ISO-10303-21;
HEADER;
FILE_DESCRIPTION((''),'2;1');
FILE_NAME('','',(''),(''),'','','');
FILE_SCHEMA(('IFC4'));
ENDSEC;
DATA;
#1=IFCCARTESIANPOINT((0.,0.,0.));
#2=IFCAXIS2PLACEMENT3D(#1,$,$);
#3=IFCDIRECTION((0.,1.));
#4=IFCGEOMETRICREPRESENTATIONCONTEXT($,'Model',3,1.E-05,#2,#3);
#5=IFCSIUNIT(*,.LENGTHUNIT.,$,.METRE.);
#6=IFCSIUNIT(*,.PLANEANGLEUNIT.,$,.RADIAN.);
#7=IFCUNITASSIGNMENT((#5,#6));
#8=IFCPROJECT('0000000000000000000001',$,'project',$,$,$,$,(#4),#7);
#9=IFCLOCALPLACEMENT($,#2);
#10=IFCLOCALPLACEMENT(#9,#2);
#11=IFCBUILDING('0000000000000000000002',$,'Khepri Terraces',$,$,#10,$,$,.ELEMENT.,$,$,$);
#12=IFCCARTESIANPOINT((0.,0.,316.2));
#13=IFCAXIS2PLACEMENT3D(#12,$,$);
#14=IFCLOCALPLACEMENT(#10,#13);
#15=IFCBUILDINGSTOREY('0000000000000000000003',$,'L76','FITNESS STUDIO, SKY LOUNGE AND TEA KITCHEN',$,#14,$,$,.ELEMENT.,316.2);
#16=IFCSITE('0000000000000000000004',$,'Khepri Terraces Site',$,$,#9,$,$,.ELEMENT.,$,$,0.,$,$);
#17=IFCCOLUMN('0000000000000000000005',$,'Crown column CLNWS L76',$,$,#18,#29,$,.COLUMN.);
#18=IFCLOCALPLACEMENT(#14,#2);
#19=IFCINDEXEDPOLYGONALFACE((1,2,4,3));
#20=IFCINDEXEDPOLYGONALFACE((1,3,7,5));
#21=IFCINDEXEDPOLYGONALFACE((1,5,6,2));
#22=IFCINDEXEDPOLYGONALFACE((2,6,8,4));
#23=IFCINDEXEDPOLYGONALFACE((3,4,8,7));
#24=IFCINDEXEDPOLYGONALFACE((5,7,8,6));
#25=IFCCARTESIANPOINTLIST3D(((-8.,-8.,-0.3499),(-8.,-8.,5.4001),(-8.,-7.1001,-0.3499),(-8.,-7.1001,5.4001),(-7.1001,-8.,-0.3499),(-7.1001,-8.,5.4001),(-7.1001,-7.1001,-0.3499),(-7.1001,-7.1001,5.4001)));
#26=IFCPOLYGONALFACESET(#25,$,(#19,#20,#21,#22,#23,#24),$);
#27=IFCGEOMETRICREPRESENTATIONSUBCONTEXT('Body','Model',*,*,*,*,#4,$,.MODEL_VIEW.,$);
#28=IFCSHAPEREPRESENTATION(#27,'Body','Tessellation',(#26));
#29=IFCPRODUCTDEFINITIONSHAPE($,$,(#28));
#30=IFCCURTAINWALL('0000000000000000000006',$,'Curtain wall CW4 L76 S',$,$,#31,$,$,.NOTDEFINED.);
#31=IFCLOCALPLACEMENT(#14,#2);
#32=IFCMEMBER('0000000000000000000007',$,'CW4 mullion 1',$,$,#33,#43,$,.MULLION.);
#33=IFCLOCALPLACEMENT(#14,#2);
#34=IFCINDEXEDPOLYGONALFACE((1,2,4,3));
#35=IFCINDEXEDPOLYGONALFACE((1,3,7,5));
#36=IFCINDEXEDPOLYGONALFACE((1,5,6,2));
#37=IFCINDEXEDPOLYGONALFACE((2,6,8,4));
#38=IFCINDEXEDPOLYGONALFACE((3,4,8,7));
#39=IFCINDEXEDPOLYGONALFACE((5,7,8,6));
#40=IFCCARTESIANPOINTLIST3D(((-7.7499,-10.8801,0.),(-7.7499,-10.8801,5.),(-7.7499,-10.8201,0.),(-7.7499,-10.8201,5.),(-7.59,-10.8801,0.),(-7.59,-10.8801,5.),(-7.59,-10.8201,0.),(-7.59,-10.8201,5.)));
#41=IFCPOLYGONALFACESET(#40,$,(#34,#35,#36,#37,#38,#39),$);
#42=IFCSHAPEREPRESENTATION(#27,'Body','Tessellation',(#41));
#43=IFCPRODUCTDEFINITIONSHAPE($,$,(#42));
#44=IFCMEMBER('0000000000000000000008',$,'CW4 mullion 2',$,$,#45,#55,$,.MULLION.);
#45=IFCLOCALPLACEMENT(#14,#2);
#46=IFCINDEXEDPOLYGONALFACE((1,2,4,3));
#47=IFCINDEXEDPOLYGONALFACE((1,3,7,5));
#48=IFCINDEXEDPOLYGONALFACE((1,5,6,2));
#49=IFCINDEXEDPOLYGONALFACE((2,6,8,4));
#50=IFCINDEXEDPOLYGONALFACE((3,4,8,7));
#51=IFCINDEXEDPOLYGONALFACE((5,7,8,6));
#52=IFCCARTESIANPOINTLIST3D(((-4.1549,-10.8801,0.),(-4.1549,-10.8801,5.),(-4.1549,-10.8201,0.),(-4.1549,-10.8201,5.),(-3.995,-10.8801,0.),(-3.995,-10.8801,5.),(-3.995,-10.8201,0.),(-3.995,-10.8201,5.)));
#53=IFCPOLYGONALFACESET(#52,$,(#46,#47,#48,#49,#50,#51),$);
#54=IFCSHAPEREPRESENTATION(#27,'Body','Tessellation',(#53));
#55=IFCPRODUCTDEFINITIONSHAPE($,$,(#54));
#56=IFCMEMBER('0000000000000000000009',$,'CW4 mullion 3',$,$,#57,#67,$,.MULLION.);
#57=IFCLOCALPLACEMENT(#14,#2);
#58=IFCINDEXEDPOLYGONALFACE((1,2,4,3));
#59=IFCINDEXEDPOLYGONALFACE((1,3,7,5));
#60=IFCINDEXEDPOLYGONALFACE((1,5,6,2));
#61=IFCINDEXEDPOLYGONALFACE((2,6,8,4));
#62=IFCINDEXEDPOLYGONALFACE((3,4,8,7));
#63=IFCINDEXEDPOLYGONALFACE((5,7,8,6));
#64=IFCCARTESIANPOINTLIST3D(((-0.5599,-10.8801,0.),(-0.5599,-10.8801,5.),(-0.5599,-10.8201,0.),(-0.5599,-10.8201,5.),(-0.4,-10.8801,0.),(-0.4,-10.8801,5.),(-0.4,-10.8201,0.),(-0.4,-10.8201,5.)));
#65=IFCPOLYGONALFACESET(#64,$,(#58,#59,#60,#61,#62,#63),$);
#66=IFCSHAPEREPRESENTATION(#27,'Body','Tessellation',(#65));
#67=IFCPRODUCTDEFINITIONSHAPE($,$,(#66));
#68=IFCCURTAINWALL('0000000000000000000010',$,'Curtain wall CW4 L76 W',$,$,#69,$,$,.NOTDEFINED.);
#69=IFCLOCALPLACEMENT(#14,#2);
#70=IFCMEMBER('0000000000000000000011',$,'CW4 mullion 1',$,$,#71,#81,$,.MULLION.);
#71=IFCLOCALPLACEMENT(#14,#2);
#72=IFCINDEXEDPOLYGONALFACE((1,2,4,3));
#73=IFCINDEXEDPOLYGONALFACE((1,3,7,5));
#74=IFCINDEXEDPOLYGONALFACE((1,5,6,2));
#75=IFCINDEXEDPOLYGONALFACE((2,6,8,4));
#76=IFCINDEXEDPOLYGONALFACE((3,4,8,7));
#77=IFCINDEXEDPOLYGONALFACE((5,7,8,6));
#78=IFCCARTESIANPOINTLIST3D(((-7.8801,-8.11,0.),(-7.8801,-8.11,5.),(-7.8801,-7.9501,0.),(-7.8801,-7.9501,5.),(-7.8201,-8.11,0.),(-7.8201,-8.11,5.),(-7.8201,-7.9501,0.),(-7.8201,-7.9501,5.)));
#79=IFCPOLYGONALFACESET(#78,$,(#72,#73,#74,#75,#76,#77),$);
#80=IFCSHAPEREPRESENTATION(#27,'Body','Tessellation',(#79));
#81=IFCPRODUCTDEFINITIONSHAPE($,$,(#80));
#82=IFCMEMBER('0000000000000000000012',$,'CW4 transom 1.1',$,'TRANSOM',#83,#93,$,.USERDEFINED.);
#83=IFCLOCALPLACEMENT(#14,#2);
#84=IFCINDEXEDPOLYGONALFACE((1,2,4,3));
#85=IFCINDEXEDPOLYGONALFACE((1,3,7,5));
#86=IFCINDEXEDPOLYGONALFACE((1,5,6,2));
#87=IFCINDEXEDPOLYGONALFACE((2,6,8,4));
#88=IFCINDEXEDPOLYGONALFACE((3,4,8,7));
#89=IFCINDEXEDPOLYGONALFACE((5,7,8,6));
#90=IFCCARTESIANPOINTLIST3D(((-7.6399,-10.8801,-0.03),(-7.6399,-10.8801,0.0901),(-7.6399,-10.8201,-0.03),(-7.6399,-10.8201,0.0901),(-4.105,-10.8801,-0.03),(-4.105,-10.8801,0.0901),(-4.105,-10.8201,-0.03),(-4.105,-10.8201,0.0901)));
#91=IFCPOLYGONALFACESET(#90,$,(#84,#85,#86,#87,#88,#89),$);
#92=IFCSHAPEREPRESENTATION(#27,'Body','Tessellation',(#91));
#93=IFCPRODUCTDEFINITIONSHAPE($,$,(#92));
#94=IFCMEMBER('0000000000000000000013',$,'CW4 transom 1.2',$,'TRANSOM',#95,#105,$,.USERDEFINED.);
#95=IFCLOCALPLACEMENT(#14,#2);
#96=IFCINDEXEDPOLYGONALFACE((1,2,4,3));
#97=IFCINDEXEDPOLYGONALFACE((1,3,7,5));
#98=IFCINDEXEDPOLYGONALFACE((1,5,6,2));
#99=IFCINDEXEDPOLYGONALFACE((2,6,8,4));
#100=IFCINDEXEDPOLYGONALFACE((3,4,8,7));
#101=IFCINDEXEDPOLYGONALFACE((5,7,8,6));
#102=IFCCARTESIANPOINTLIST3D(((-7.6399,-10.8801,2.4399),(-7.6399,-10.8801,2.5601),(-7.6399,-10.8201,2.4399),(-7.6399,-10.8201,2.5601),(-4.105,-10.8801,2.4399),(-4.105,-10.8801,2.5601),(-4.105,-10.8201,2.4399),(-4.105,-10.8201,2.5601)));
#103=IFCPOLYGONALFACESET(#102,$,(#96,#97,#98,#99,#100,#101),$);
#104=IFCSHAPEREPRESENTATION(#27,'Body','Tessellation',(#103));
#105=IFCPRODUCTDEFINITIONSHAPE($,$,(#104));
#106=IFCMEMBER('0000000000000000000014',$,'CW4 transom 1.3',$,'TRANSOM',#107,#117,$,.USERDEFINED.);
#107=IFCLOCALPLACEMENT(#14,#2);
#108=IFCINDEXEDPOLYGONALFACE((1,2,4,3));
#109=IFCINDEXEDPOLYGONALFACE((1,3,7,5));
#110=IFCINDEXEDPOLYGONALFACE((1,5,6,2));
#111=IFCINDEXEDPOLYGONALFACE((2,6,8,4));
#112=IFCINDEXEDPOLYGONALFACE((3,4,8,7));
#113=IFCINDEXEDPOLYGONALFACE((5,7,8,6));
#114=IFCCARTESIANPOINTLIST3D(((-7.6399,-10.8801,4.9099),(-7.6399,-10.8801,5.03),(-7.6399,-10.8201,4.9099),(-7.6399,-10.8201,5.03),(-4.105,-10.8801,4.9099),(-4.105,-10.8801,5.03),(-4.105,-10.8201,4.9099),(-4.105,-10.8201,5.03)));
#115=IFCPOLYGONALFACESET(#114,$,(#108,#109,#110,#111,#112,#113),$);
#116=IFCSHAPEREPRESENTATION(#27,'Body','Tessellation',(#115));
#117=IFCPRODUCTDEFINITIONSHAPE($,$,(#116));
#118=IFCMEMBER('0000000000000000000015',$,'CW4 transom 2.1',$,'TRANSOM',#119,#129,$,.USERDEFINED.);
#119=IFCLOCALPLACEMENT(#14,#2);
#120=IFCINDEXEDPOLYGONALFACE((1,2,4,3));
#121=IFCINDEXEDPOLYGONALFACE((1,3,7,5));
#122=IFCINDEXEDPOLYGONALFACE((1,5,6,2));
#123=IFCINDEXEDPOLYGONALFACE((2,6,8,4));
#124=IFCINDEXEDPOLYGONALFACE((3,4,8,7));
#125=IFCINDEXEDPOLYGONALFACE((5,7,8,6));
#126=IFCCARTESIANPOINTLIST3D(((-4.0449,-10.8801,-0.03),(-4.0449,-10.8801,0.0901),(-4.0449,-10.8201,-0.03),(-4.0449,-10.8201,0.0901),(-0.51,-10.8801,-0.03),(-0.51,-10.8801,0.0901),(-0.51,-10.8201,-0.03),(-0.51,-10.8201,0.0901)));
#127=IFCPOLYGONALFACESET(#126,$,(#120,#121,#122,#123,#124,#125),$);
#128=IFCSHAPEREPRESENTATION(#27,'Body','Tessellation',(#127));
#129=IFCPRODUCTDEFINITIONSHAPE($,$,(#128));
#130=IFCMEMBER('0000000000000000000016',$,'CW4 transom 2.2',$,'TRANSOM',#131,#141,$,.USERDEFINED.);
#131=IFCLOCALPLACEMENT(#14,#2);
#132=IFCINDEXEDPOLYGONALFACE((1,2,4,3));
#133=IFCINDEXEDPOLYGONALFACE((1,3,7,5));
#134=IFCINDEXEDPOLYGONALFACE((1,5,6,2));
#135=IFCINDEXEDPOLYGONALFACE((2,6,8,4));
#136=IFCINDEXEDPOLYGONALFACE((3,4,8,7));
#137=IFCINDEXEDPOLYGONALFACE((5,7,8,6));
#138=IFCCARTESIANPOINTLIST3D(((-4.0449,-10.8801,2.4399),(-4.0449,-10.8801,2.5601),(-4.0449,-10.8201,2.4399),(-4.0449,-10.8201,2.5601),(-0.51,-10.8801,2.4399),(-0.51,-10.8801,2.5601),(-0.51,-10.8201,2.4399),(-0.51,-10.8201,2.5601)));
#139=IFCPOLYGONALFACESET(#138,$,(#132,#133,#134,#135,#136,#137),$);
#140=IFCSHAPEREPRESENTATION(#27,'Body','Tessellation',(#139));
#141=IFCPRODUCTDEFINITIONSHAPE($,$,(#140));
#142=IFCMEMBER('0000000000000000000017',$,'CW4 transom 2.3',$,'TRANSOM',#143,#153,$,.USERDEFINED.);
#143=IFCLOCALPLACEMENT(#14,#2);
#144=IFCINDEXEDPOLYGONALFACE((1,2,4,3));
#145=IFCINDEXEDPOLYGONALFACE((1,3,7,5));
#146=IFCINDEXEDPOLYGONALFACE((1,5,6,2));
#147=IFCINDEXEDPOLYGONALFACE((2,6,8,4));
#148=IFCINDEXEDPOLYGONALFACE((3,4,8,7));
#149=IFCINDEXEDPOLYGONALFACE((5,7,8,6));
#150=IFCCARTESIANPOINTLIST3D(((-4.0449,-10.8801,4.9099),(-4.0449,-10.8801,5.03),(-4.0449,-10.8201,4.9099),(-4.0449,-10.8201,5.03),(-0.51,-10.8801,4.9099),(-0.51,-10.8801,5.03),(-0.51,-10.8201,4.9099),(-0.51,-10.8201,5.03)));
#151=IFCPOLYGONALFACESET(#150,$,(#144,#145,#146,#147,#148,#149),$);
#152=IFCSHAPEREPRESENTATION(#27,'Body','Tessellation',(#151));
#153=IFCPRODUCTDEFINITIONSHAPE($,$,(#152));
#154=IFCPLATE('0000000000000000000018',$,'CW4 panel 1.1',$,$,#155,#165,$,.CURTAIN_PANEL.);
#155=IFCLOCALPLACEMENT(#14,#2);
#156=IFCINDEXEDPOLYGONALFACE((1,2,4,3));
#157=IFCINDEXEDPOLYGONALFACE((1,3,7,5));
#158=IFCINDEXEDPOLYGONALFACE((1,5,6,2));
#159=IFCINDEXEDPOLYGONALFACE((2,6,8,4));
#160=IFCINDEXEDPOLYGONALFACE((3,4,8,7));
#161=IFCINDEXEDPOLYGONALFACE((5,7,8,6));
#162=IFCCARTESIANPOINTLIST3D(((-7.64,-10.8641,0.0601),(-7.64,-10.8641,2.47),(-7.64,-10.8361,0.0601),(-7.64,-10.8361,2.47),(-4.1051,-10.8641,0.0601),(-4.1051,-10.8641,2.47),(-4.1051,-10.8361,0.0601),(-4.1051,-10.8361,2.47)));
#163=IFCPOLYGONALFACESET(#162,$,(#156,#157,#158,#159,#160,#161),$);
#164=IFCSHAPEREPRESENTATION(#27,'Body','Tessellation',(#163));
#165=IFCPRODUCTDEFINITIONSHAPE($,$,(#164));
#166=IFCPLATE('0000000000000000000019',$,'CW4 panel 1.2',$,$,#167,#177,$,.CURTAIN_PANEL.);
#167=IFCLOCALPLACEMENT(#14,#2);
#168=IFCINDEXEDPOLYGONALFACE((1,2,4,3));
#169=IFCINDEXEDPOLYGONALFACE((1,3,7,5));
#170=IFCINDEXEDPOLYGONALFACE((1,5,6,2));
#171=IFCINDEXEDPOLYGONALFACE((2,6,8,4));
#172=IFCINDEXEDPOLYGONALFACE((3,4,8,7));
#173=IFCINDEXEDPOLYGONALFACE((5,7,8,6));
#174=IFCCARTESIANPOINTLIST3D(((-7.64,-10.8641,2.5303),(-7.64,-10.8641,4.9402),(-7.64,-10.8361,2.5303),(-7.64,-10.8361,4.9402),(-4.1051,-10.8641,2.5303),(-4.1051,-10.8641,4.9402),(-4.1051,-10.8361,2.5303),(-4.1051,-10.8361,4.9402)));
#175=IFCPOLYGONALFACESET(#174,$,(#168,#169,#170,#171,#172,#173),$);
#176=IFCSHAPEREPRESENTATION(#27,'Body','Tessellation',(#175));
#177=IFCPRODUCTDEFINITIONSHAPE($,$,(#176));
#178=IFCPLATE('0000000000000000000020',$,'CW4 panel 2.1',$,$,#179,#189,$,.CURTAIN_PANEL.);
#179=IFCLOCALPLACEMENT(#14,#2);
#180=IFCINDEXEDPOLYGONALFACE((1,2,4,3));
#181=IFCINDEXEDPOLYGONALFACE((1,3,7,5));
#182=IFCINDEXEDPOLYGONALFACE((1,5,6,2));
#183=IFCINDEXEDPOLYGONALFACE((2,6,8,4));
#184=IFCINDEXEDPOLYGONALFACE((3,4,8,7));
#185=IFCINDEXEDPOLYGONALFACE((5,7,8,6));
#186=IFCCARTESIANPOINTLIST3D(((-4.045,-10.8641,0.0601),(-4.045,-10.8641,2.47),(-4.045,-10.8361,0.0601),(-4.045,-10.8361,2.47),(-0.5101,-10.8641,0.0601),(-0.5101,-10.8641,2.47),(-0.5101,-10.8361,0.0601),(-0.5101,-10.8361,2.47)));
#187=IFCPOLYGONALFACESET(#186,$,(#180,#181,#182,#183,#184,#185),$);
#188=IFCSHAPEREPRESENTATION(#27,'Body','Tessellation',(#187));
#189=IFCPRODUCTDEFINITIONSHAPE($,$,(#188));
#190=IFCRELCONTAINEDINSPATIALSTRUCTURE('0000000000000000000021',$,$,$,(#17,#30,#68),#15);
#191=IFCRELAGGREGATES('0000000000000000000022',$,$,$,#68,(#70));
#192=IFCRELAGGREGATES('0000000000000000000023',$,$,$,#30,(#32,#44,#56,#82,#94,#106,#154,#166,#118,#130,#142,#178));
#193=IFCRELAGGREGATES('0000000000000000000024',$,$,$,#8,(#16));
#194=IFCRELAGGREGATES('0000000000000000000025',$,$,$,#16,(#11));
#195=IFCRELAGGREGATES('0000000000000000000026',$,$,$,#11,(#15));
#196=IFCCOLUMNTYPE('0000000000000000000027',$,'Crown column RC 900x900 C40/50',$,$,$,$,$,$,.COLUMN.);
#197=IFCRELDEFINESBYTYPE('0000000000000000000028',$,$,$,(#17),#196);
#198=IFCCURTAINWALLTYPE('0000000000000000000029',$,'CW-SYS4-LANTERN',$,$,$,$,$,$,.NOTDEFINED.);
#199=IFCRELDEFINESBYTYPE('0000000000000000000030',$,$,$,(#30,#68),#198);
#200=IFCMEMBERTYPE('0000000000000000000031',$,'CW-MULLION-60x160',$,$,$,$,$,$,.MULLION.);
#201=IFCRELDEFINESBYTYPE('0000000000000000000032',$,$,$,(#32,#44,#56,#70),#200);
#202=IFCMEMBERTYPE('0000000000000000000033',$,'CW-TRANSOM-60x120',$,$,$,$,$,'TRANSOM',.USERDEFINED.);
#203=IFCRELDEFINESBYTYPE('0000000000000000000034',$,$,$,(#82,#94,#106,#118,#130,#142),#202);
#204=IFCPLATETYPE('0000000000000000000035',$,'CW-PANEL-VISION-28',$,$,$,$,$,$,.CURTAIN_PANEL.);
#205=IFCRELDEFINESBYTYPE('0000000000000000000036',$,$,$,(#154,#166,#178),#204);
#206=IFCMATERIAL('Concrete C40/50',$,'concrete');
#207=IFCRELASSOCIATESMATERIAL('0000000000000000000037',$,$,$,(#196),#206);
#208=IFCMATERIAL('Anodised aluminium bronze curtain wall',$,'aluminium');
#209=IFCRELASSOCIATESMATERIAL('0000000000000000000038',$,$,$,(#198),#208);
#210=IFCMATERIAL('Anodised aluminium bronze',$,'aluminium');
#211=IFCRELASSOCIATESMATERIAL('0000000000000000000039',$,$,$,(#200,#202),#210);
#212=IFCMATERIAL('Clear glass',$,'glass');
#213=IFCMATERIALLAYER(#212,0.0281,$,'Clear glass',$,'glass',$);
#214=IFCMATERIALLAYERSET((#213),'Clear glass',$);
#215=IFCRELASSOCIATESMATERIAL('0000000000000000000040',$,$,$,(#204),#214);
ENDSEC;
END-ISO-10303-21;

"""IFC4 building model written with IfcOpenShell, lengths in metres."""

from ifc_helpers import new_model, si_unit, direction, frame, origin, origin_2d, place, context, subcontext, project, spatial, rectangle, extrude, material, layer, layer_set, material_profile, profile_set, type_object, element, aggregate, save


model = new_model("IFC4")

# Units and contexts
model_context = context("Model", 3, precision=1e-05, world=origin(), true_north=direction((0.0, 1.0)))
body_context = subcontext(model_context, "Body", "Model", "MODEL_VIEW")
ifc_project = project(units=[si_unit("LENGTHUNIT", "METRE"), si_unit("PLANEANGLEUNIT", "RADIAN")], contexts=[model_context])

# Site, building, storey
site_placement = place(None, origin())
site = spatial("IfcSite", under=ifc_project, at=site_placement, Name="Khepri Terraces Site", CompositionType="ELEMENT", RefElevation=0.0)
building_placement = place(site_placement, origin())
building = spatial("IfcBuilding", under=site, at=building_placement, Name="Khepri Terraces", CompositionType="ELEMENT")
storey_placement = place(building_placement, frame((0.0, 0.0, 316.2)))
storey = spatial("IfcBuildingStorey", under=building, at=storey_placement, Name="L76", Description="FITNESS STUDIO, SKY LOUNGE AND TEA KITCHEN", CompositionType="ELEMENT", Elevation=316.2)

# Column
ifc_material_1 = material(Name="Concrete C40/50", Category="concrete")
ifc_material_profile_1 = material_profile(ifc_material_1, rectangle(XDim=0.8999, YDim=0.8999, at=origin_2d()), Name="Concrete C40/50", Category="concrete")
ifc_profile_set_1 = profile_set([ifc_material_profile_1], Name="Concrete C40/50")
column_type = type_object("IfcColumnType", Name="Crown column RC 900x900 C40/50", PredefinedType="COLUMN", material=ifc_profile_set_1)
column_placement = place(storey_placement, frame((-7.55, -7.55, -0.3499), z_axis=(0.0, 0.0, 1.0), x_axis=(1.0, 0.0, 0.0)))
element("IfcColumn", 1, at=column_placement, inside=storey, type_object=column_type, Name="Crown column CLNWS L76", PredefinedType="COLUMN", context=body_context, shape_type="SweptSolid", body=[
    extrude(rectangle(XDim=0.8999, YDim=0.8999, at=origin_2d()), origin(), (0.0, 0.0, 1.0), 5.75),
])

# Curtain wall, members
ifc_material_2 = material(Name="Anodised aluminium bronze curtain wall", Category="aluminium")
curtain_wall_type = type_object("IfcCurtainWallType", Name="CW-SYS4-LANTERN", PredefinedType="NOTDEFINED", material=ifc_material_2)
curtain_wall_1_placement = place(storey_placement, origin())
curtain_wall_1 = element("IfcCurtainWall", 2, at=curtain_wall_1_placement, inside=storey, type_object=curtain_wall_type, Name="Curtain wall CW4 L76 S", PredefinedType="NOTDEFINED")
ifc_material_3 = material(Name="Anodised aluminium bronze", Category="aluminium")
ifc_material_profile_2 = material_profile(ifc_material_3, rectangle(XDim=0.0601, YDim=0.1599, at=origin_2d()), Name="Anodised aluminium bronze", Category="aluminium")
ifc_profile_set_2 = profile_set([ifc_material_profile_2], Name="Anodised aluminium bronze")
member_type_1 = type_object("IfcMemberType", Name="CW-MULLION-60x160", PredefinedType="MULLION", material=ifc_profile_set_2)
member_1_placement = place(storey_placement, frame((-7.6699, -10.8501, 0.0), z_axis=(0.0, 0.0, 1.0), x_axis=(0.0, 1.0, 0.0)))
member_1 = element("IfcMember", 3, at=member_1_placement, type_object=member_type_1, Name="CW4 mullion 1", PredefinedType="MULLION", context=body_context, shape_type="SweptSolid", body=[
    extrude(rectangle(XDim=0.0601, YDim=0.1599, at=origin_2d()), origin(), (0.0, 0.0, 1.0), 5.0),
])
member_2_placement = place(storey_placement, frame((-4.075, -10.8501, 0.0), z_axis=(0.0, 0.0, 1.0), x_axis=(0.0, 1.0, 0.0)))
member_2 = element("IfcMember", 4, at=member_2_placement, type_object=member_type_1, Name="CW4 mullion 2", PredefinedType="MULLION", context=body_context, shape_type="SweptSolid", body=[
    extrude(rectangle(XDim=0.0601, YDim=0.1599, at=origin_2d()), origin(), (0.0, 0.0, 1.0), 5.0),
])
member_3_placement = place(storey_placement, frame((-0.48, -10.8501, 0.0), z_axis=(0.0, 0.0, 1.0), x_axis=(0.0, 1.0, 0.0)))
member_3 = element("IfcMember", 5, at=member_3_placement, type_object=member_type_1, Name="CW4 mullion 3", PredefinedType="MULLION", context=body_context, shape_type="SweptSolid", body=[
    extrude(rectangle(XDim=0.0601, YDim=0.1599, at=origin_2d()), origin(), (0.0, 0.0, 1.0), 5.0),
])

# Curtain wall, member
curtain_wall_2_placement = place(storey_placement, origin())
curtain_wall_2 = element("IfcCurtainWall", 6, at=curtain_wall_2_placement, inside=storey, type_object=curtain_wall_type, Name="Curtain wall CW4 L76 W", PredefinedType="NOTDEFINED")
member_4_placement = place(storey_placement, frame((-7.8501, -8.03, 0.0), z_axis=(0.0, 0.0, 1.0), x_axis=(1.0, 0.0, 0.0)))
member_4 = element("IfcMember", 7, at=member_4_placement, type_object=member_type_1, Name="CW4 mullion 1", PredefinedType="MULLION", context=body_context, shape_type="SweptSolid", body=[
    extrude(rectangle(XDim=0.0601, YDim=0.1599, at=origin_2d()), origin(), (0.0, 0.0, 1.0), 5.0),
])
aggregate(curtain_wall_2, [member_4])

# Members
ifc_material_profile_3 = material_profile(ifc_material_3, rectangle(XDim=0.0601, YDim=0.1201, at=origin_2d()), Name="Anodised aluminium bronze", Category="aluminium")
ifc_profile_set_3 = profile_set([ifc_material_profile_3], Name="Anodised aluminium bronze")
member_type_2 = type_object("IfcMemberType", Name="CW-TRANSOM-60x120", ElementType="TRANSOM", PredefinedType="USERDEFINED", material=ifc_profile_set_3)
member_5_placement = place(storey_placement, frame((-7.6399, -10.8501, 0.03), z_axis=(1.0, 0.0, 0.0), x_axis=(0.0, 1.0, 0.0)))
member_5 = element("IfcMember", 8, at=member_5_placement, type_object=member_type_2, Name="CW4 transom 1.1", ObjectType="TRANSOM", PredefinedType="USERDEFINED", context=body_context, shape_type="SweptSolid", body=[
    extrude(rectangle(XDim=0.0601, YDim=0.1201, at=origin_2d()), origin(), (0.0, 0.0, 1.0), 3.5349),
])
member_6_placement = place(storey_placement, frame((-7.6399, -10.8501, 2.5), z_axis=(1.0, 0.0, 0.0), x_axis=(0.0, 1.0, 0.0)))
member_6 = element("IfcMember", 9, at=member_6_placement, type_object=member_type_2, Name="CW4 transom 1.2", ObjectType="TRANSOM", PredefinedType="USERDEFINED", context=body_context, shape_type="SweptSolid", body=[
    extrude(rectangle(XDim=0.0601, YDim=0.1201, at=origin_2d()), origin(), (0.0, 0.0, 1.0), 3.5349),
])
member_7_placement = place(storey_placement, frame((-7.6399, -10.8501, 4.97), z_axis=(1.0, 0.0, 0.0), x_axis=(0.0, 1.0, 0.0)))
member_7 = element("IfcMember", 10, at=member_7_placement, type_object=member_type_2, Name="CW4 transom 1.3", ObjectType="TRANSOM", PredefinedType="USERDEFINED", context=body_context, shape_type="SweptSolid", body=[
    extrude(rectangle(XDim=0.0601, YDim=0.1201, at=origin_2d()), origin(), (0.0, 0.0, 1.0), 3.5349),
])
member_8_placement = place(storey_placement, frame((-4.0449, -10.8501, 0.03), z_axis=(1.0, 0.0, 0.0), x_axis=(0.0, 1.0, 0.0)))
member_8 = element("IfcMember", 11, at=member_8_placement, type_object=member_type_2, Name="CW4 transom 2.1", ObjectType="TRANSOM", PredefinedType="USERDEFINED", context=body_context, shape_type="SweptSolid", body=[
    extrude(rectangle(XDim=0.0601, YDim=0.1201, at=origin_2d()), origin(), (0.0, 0.0, 1.0), 3.5349),
])
member_9_placement = place(storey_placement, frame((-4.0449, -10.8501, 2.5), z_axis=(1.0, 0.0, 0.0), x_axis=(0.0, 1.0, 0.0)))
member_9 = element("IfcMember", 12, at=member_9_placement, type_object=member_type_2, Name="CW4 transom 2.2", ObjectType="TRANSOM", PredefinedType="USERDEFINED", context=body_context, shape_type="SweptSolid", body=[
    extrude(rectangle(XDim=0.0601, YDim=0.1201, at=origin_2d()), origin(), (0.0, 0.0, 1.0), 3.5349),
])
member_10_placement = place(storey_placement, frame((-4.0449, -10.8501, 4.97), z_axis=(1.0, 0.0, 0.0), x_axis=(0.0, 1.0, 0.0)))
member_10 = element("IfcMember", 13, at=member_10_placement, type_object=member_type_2, Name="CW4 transom 2.3", ObjectType="TRANSOM", PredefinedType="USERDEFINED", context=body_context, shape_type="SweptSolid", body=[
    extrude(rectangle(XDim=0.0601, YDim=0.1201, at=origin_2d()), origin(), (0.0, 0.0, 1.0), 3.5349),
])

# Plates
ifc_material_4 = material(Name="Clear glass", Category="glass")
ifc_layer_1 = layer(ifc_material_4, 0.0281, Name="Clear glass", Category="glass")
ifc_layer_set_1 = layer_set([ifc_layer_1], Name="Clear glass")
plate_type = type_object("IfcPlateType", Name="CW-PANEL-VISION-28", PredefinedType="CURTAIN_PANEL", material=ifc_layer_set_1)
plate_1_placement = place(storey_placement, frame((-5.8726, -10.8501, 0.0601), z_axis=(0.0, 0.0, 1.0), x_axis=(1.0, 0.0, 0.0)))
plate_1 = element("IfcPlate", 14, at=plate_1_placement, type_object=plate_type, Name="CW4 panel 1.1", PredefinedType="CURTAIN_PANEL", context=body_context, shape_type="SweptSolid", body=[
    extrude(rectangle(XDim=3.5349, YDim=0.0281, at=origin_2d()), origin(), (0.0, 0.0, 1.0), 2.4099),
])
plate_2_placement = place(storey_placement, frame((-5.8726, -10.8501, 2.5303), z_axis=(0.0, 0.0, 1.0), x_axis=(1.0, 0.0, 0.0)))
plate_2 = element("IfcPlate", 15, at=plate_2_placement, type_object=plate_type, Name="CW4 panel 1.2", PredefinedType="CURTAIN_PANEL", context=body_context, shape_type="SweptSolid", body=[
    extrude(rectangle(XDim=3.5349, YDim=0.0281, at=origin_2d()), origin(), (0.0, 0.0, 1.0), 2.4099),
])
plate_3_placement = place(storey_placement, frame((-2.2776, -10.8501, 0.0601), z_axis=(0.0, 0.0, 1.0), x_axis=(1.0, 0.0, 0.0)))
plate_3 = element("IfcPlate", 16, at=plate_3_placement, type_object=plate_type, Name="CW4 panel 2.1", PredefinedType="CURTAIN_PANEL", context=body_context, shape_type="SweptSolid", body=[
    extrude(rectangle(XDim=3.5349, YDim=0.0281, at=origin_2d()), origin(), (0.0, 0.0, 1.0), 2.4099),
])
aggregate(curtain_wall_1, [member_1, member_2, member_3, member_5, member_6, member_7, plate_1, plate_2, member_8, member_9, member_10, plate_3])

save(model, "model.ifc")
